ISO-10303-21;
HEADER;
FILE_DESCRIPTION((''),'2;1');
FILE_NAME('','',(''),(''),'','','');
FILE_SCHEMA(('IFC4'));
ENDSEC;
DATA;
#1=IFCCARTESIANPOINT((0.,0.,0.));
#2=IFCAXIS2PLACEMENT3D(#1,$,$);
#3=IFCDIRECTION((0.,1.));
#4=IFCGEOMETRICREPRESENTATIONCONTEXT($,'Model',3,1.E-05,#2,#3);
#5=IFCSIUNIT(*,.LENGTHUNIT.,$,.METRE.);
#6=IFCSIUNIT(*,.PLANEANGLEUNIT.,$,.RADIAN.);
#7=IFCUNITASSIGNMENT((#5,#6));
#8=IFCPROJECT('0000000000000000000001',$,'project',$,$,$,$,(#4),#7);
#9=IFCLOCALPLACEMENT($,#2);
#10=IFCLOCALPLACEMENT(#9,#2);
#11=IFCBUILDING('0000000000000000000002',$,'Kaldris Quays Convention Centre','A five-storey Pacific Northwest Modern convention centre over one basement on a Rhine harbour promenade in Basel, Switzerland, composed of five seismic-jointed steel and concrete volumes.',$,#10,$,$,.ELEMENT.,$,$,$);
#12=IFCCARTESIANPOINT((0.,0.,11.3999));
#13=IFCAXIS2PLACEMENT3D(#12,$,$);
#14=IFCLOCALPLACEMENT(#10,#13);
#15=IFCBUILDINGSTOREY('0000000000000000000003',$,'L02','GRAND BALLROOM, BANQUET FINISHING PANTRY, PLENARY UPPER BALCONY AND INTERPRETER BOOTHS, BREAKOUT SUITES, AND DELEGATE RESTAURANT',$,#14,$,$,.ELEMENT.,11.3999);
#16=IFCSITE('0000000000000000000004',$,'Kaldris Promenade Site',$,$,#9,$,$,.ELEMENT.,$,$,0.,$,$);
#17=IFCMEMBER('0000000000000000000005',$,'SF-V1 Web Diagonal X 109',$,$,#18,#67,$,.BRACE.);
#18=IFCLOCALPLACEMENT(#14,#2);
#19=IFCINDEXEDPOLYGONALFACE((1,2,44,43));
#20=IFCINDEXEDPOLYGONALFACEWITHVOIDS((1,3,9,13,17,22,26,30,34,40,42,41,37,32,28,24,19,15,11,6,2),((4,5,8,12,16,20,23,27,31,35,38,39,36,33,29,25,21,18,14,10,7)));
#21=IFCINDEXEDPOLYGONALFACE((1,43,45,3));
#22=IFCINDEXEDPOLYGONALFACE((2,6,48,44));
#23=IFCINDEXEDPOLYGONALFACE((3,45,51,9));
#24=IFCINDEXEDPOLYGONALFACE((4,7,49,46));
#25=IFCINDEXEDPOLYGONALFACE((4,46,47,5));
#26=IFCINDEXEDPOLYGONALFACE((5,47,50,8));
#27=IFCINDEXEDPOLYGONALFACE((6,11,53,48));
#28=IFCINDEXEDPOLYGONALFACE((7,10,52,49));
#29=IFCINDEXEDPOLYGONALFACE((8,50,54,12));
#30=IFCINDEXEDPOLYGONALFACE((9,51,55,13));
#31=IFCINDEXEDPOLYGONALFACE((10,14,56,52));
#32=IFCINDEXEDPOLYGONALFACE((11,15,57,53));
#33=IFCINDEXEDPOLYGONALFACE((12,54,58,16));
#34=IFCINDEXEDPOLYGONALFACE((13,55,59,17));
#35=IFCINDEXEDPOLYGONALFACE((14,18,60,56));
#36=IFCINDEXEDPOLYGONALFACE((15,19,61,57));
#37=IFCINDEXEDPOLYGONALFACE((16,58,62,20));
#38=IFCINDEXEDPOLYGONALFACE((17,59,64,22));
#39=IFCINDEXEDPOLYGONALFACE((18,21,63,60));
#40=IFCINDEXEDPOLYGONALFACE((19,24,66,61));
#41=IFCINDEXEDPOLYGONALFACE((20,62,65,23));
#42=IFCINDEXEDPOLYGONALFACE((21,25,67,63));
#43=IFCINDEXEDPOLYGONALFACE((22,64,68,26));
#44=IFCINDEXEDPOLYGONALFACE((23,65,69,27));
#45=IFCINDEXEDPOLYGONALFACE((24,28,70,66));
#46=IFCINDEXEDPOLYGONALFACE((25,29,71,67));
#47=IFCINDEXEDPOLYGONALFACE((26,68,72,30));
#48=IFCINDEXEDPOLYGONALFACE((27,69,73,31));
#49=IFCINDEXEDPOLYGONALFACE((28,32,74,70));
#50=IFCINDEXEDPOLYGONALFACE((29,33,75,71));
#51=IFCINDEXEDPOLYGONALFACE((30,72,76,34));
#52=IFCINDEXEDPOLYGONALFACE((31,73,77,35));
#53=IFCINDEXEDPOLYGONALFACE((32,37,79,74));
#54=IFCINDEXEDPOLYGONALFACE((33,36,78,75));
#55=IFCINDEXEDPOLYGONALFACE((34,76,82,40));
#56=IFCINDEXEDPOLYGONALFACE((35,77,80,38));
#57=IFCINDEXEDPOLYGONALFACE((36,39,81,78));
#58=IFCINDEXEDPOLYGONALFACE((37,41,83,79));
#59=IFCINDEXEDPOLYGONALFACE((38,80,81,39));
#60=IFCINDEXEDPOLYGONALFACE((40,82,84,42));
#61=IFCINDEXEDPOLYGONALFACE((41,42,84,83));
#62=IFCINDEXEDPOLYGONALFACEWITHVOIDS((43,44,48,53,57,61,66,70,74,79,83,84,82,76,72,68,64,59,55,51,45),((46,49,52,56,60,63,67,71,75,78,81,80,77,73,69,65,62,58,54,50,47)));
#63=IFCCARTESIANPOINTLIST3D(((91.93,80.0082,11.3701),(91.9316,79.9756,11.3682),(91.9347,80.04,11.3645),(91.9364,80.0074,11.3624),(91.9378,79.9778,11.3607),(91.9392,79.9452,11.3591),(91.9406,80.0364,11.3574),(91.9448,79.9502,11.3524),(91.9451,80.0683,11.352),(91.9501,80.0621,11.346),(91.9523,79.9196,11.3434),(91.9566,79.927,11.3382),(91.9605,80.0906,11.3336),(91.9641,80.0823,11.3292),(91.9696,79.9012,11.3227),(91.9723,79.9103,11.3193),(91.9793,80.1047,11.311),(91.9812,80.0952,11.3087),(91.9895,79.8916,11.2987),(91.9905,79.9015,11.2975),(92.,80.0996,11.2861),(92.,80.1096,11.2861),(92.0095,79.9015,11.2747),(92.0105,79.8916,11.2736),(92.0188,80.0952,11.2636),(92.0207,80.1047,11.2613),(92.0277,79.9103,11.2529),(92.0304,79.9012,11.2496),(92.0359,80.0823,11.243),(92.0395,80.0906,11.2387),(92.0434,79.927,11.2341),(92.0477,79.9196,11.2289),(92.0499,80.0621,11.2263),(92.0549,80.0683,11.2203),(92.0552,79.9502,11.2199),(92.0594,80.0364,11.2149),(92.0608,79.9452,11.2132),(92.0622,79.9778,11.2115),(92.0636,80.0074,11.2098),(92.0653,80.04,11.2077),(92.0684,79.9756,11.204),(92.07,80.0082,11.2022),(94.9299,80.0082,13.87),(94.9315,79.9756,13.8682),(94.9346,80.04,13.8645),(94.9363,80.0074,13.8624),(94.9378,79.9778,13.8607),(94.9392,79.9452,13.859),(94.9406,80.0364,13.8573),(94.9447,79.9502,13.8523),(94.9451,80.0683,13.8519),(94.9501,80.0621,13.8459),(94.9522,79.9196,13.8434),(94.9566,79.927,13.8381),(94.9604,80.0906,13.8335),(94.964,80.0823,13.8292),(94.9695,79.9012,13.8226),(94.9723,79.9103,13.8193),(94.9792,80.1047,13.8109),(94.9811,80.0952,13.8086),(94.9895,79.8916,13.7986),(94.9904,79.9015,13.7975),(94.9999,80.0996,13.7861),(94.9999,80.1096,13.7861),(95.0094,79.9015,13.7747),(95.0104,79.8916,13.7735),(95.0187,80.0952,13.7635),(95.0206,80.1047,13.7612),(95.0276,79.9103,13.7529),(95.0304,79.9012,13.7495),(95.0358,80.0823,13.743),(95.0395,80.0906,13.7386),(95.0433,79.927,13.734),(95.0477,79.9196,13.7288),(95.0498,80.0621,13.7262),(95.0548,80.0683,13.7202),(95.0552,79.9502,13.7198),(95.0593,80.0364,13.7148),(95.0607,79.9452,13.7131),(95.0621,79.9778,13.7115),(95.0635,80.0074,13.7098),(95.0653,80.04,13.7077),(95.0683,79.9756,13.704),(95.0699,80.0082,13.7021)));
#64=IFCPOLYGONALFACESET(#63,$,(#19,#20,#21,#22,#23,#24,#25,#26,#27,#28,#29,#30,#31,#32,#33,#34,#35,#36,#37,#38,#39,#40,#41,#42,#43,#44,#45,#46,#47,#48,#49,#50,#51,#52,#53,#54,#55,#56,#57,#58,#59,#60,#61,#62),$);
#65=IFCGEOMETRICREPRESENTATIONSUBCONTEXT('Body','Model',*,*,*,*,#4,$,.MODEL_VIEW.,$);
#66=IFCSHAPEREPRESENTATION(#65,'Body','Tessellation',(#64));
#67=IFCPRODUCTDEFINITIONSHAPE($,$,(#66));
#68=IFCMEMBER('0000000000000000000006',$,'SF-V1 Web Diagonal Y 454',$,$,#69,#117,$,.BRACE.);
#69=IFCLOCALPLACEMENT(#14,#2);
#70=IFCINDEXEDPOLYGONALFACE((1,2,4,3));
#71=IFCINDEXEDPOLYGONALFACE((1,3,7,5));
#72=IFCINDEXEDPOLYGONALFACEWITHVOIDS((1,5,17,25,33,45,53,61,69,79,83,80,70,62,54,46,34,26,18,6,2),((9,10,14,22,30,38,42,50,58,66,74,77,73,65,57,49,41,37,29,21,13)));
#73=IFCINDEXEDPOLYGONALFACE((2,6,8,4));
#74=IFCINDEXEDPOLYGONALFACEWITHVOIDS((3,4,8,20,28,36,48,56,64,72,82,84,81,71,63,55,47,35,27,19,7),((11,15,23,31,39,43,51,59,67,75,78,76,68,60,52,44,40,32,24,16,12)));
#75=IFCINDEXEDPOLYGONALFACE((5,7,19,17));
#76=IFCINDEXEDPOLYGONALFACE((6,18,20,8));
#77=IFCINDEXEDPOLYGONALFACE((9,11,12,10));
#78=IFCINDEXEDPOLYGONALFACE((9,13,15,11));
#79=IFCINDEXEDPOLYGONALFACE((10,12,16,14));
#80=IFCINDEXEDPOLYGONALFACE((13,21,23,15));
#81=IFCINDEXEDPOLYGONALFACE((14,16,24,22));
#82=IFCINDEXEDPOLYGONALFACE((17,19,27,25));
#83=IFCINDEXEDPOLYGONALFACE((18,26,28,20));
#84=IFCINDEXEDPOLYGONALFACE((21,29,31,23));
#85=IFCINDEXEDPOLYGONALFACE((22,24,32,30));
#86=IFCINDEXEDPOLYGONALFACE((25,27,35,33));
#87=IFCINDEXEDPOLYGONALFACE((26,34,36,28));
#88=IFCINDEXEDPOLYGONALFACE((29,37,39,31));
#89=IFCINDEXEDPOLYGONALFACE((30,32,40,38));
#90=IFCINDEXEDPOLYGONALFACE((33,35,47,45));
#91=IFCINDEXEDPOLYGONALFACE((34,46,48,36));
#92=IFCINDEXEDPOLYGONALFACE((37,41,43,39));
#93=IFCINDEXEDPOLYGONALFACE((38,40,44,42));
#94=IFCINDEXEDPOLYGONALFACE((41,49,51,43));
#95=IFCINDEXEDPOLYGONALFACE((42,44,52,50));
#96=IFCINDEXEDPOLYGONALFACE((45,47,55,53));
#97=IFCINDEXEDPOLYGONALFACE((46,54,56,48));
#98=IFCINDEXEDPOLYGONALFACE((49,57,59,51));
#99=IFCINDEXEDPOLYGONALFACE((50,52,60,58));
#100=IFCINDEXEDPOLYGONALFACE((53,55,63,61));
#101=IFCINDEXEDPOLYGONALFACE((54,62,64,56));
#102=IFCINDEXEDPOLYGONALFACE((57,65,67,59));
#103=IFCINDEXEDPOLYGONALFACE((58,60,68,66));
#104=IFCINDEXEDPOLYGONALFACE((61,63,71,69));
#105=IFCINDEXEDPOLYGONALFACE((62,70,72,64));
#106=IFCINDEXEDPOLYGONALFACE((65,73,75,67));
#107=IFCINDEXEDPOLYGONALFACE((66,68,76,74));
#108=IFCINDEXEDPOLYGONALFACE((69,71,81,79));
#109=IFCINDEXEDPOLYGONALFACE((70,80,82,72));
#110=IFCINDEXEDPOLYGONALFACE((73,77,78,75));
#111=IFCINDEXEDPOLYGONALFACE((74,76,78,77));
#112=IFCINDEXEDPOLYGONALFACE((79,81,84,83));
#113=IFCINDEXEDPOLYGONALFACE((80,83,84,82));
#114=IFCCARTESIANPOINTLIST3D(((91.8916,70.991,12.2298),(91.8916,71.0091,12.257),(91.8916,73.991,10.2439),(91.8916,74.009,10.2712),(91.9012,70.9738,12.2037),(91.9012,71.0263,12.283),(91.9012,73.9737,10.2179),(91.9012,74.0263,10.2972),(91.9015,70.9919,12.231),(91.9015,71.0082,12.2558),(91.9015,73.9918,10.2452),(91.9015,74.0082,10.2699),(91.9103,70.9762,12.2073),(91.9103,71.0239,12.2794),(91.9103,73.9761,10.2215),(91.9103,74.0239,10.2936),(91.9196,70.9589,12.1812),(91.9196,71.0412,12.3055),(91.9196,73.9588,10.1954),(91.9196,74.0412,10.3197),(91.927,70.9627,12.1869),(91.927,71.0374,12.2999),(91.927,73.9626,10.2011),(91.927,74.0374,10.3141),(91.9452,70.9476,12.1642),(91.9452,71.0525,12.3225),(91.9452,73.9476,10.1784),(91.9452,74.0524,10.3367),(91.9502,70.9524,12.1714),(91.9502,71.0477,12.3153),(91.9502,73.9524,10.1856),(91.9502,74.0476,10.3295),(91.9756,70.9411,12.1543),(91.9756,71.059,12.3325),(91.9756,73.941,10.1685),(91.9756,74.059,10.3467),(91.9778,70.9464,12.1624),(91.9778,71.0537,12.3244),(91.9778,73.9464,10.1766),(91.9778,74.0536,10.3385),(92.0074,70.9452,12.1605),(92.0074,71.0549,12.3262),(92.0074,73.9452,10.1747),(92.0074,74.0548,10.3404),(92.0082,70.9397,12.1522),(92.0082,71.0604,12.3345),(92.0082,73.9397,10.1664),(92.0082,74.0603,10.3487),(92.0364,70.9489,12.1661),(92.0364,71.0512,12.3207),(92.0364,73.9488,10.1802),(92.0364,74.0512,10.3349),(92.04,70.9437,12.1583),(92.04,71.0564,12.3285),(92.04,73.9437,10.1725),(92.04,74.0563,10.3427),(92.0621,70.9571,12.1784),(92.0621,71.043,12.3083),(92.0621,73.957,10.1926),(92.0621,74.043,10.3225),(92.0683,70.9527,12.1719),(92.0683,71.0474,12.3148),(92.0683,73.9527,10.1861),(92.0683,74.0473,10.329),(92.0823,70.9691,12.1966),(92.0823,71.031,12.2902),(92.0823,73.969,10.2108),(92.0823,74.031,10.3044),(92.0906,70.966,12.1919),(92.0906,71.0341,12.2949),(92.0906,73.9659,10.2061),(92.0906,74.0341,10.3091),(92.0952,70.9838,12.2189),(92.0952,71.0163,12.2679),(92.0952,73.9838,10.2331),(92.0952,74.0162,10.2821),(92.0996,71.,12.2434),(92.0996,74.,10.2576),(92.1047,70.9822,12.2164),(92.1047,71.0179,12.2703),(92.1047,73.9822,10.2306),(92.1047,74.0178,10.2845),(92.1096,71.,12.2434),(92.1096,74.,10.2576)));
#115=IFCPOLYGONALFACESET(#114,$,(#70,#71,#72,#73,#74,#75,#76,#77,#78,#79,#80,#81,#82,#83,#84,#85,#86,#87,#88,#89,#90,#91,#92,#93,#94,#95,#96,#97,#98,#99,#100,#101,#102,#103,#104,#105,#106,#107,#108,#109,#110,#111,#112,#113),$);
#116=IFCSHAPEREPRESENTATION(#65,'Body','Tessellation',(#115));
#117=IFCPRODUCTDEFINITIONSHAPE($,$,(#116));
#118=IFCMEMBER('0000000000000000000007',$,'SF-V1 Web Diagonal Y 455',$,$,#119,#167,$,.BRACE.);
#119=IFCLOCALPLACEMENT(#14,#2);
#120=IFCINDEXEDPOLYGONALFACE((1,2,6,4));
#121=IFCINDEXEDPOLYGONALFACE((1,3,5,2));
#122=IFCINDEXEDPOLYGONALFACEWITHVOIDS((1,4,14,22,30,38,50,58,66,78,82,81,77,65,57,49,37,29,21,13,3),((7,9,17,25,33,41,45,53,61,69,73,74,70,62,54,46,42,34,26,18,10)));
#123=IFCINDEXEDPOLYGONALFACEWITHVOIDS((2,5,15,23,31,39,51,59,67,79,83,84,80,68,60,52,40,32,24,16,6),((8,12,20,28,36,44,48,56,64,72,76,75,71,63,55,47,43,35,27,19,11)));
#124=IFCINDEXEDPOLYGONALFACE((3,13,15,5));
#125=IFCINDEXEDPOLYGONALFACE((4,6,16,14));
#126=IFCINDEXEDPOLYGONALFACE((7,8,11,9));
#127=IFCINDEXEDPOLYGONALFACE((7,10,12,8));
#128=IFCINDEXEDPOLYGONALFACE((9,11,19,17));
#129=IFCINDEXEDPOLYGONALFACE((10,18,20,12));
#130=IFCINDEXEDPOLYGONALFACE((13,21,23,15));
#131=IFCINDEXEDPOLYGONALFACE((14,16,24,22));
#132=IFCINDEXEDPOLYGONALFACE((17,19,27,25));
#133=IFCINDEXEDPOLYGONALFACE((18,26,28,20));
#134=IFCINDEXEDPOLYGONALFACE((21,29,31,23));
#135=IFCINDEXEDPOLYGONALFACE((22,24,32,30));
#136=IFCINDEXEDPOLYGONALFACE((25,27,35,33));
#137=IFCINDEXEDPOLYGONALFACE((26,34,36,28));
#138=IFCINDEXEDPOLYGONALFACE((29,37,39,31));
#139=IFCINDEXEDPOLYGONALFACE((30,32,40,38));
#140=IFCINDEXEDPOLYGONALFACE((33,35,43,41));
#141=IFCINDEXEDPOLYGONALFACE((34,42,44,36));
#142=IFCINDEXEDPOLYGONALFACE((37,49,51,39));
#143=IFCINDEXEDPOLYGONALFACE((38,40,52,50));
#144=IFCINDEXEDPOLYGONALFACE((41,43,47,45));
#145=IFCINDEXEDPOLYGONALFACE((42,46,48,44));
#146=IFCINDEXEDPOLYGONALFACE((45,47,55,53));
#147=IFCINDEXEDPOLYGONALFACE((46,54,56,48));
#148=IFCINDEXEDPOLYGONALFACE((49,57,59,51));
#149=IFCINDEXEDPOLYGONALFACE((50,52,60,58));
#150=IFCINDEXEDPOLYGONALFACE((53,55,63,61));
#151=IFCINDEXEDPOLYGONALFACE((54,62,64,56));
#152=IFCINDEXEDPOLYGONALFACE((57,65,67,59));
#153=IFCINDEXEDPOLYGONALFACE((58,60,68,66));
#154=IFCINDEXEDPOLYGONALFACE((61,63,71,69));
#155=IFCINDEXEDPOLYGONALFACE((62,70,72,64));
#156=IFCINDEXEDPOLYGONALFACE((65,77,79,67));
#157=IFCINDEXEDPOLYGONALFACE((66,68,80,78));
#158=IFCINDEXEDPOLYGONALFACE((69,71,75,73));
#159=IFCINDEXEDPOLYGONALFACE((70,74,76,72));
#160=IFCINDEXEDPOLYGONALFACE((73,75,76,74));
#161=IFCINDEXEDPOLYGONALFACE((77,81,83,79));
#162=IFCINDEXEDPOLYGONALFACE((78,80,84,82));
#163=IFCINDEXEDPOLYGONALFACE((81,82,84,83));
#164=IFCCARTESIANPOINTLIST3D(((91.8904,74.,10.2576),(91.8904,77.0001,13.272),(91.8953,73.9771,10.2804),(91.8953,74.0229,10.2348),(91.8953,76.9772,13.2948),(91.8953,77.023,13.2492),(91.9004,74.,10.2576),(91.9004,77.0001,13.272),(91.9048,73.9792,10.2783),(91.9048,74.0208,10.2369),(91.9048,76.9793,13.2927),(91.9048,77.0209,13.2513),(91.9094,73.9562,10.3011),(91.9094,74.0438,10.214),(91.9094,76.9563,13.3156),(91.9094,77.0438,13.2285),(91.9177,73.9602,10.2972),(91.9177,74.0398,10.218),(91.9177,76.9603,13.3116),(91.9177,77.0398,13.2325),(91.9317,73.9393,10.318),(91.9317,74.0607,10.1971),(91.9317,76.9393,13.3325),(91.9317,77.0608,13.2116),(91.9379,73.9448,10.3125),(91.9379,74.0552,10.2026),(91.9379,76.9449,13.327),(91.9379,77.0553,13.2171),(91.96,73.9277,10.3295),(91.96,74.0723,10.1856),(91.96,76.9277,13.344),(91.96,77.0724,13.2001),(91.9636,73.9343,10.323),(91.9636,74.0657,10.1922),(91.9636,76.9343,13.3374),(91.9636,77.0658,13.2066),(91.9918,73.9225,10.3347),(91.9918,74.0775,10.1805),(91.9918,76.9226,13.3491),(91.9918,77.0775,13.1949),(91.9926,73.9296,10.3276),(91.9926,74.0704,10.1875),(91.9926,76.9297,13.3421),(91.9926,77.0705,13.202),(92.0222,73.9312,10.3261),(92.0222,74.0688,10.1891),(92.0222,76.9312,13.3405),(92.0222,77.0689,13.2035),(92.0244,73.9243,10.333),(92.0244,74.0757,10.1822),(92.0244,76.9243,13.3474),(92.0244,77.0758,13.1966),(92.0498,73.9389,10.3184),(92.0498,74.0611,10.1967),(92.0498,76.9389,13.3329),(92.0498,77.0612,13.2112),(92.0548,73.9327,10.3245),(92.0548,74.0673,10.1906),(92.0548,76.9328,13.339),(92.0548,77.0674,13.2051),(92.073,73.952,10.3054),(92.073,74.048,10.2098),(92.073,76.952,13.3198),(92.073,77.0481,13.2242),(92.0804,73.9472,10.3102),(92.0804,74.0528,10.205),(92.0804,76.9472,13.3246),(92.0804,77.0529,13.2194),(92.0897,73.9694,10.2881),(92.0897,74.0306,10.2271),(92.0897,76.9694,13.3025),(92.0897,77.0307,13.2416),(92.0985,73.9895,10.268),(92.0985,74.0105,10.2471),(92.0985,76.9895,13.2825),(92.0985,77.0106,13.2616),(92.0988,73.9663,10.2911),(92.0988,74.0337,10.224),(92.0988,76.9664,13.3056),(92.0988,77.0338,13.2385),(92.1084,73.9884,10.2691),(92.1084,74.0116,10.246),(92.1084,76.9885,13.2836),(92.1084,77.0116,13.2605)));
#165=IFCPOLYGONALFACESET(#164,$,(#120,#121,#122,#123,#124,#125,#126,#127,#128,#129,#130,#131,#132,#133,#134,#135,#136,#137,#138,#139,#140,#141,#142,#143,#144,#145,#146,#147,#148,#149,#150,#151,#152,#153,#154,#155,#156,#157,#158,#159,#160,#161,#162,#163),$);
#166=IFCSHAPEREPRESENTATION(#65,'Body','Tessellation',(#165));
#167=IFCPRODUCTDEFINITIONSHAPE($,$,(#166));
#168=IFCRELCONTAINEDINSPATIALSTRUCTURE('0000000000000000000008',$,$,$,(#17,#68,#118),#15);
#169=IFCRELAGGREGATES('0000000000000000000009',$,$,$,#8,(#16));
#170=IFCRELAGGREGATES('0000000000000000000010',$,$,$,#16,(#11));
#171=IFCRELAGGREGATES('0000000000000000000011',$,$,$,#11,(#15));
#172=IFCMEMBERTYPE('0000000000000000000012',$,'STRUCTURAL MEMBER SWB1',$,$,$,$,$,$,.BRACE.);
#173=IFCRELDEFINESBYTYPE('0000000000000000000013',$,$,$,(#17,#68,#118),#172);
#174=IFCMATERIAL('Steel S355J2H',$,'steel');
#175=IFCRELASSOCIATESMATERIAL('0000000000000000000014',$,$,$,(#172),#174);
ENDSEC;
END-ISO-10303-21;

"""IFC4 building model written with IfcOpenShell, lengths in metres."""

from ifc_helpers import new_model, si_unit, direction, frame, origin, origin_2d, place, context, subcontext, project, spatial, hollow_circle, extrude, material, material_profile, profile_set, type_object, element, save


model = new_model("IFC4")

# Units and contexts
model_context = context("Model", 3, precision=1e-05, world=origin(), true_north=direction((0.0, 1.0)))
body_context = subcontext(model_context, "Body", "Model", "MODEL_VIEW")
ifc_project = project(units=[si_unit("LENGTHUNIT", "METRE"), si_unit("PLANEANGLEUNIT", "RADIAN")], contexts=[model_context])

# Site, building, storey
site_placement = place(None, origin())
site = spatial("IfcSite", under=ifc_project, at=site_placement, Name="Kaldris Promenade Site", CompositionType="ELEMENT", RefElevation=0.0)
building_placement = place(site_placement, origin())
building = spatial("IfcBuilding", under=site, at=building_placement, Name="Kaldris Quays Convention Centre", Description="A five-storey Pacific Northwest Modern convention centre over one basement on a Rhine harbour promenade in Basel, Switzerland, composed of five seismic-jointed steel and concrete volumes.", CompositionType="ELEMENT")
storey_placement = place(building_placement, frame((0.0, 0.0, 11.3999)))
storey = spatial("IfcBuildingStorey", under=building, at=storey_placement, Name="L02", Description="GRAND BALLROOM, BANQUET FINISHING PANTRY, PLENARY UPPER BALCONY AND INTERPRETER BOOTHS, BREAKOUT SUITES, AND DELEGATE RESTAURANT", CompositionType="ELEMENT", Elevation=11.3999)

# Members
ifc_material_1 = material(Name="Steel S355J2H", Category="steel")
ifc_material_profile_1 = material_profile(ifc_material_1, hollow_circle(Radius=0.1096, WallThickness=0.01, at=origin_2d()), Name="CHS 219.1x10")
ifc_profile_set_1 = profile_set([ifc_material_profile_1], Name="Steel S355J2H")
member_type_1 = type_object("IfcMemberType", Name="STRUCTURAL MEMBER SWB1", PredefinedType="BRACE", material=ifc_profile_set_1)
for number, where, z_axis, x_axis, name in (
    (1, (92.0, 80.0, 11.2861), (0.768221, 0.0, 0.640184), (0.0, 1.0, 0.0), "SF-V1 Web Diagonal X 109"),
):
    element("IfcMember", number, at=place(storey_placement, frame(where, z_axis=z_axis, x_axis=x_axis)), inside=storey, type_object=member_type_1, Name=name, PredefinedType="BRACE", context=body_context, shape_type="SweptSolid", body=[
        extrude(hollow_circle(Radius=0.1096, WallThickness=0.01, at=origin_2d()), origin(), (0.0, 0.0, 1.0), 3.905),
    ])
member_1_placement = place(storey_placement, frame((92.0, 74.0, 10.2576), z_axis=(0.0, -0.833862, 0.551972), x_axis=(1.0, 0.0, 0.0)))
element("IfcMember", 2, at=member_1_placement, inside=storey, type_object=member_type_1, Name="SF-V1 Web Diagonal Y 454", PredefinedType="BRACE", context=body_context, shape_type="SweptSolid", body=[
    extrude(hollow_circle(Radius=0.1096, WallThickness=0.01, at=origin_2d()), origin(), (0.0, 0.0, 1.0), 3.5977),
])
member_2_placement = place(storey_placement, frame((92.0, 74.0, 10.2576), z_axis=(0.0, 0.705411, 0.708798), x_axis=(-1.0, 0.0, 0.0)))
element("IfcMember", 3, at=member_2_placement, inside=storey, type_object=member_type_1, Name="SF-V1 Web Diagonal Y 455", PredefinedType="BRACE", context=body_context, shape_type="SweptSolid", body=[
    extrude(hollow_circle(Radius=0.1096, WallThickness=0.01, at=origin_2d()), origin(), (0.0, 0.0, 1.0), 4.2529),
])

save(model, "model.ifc")
